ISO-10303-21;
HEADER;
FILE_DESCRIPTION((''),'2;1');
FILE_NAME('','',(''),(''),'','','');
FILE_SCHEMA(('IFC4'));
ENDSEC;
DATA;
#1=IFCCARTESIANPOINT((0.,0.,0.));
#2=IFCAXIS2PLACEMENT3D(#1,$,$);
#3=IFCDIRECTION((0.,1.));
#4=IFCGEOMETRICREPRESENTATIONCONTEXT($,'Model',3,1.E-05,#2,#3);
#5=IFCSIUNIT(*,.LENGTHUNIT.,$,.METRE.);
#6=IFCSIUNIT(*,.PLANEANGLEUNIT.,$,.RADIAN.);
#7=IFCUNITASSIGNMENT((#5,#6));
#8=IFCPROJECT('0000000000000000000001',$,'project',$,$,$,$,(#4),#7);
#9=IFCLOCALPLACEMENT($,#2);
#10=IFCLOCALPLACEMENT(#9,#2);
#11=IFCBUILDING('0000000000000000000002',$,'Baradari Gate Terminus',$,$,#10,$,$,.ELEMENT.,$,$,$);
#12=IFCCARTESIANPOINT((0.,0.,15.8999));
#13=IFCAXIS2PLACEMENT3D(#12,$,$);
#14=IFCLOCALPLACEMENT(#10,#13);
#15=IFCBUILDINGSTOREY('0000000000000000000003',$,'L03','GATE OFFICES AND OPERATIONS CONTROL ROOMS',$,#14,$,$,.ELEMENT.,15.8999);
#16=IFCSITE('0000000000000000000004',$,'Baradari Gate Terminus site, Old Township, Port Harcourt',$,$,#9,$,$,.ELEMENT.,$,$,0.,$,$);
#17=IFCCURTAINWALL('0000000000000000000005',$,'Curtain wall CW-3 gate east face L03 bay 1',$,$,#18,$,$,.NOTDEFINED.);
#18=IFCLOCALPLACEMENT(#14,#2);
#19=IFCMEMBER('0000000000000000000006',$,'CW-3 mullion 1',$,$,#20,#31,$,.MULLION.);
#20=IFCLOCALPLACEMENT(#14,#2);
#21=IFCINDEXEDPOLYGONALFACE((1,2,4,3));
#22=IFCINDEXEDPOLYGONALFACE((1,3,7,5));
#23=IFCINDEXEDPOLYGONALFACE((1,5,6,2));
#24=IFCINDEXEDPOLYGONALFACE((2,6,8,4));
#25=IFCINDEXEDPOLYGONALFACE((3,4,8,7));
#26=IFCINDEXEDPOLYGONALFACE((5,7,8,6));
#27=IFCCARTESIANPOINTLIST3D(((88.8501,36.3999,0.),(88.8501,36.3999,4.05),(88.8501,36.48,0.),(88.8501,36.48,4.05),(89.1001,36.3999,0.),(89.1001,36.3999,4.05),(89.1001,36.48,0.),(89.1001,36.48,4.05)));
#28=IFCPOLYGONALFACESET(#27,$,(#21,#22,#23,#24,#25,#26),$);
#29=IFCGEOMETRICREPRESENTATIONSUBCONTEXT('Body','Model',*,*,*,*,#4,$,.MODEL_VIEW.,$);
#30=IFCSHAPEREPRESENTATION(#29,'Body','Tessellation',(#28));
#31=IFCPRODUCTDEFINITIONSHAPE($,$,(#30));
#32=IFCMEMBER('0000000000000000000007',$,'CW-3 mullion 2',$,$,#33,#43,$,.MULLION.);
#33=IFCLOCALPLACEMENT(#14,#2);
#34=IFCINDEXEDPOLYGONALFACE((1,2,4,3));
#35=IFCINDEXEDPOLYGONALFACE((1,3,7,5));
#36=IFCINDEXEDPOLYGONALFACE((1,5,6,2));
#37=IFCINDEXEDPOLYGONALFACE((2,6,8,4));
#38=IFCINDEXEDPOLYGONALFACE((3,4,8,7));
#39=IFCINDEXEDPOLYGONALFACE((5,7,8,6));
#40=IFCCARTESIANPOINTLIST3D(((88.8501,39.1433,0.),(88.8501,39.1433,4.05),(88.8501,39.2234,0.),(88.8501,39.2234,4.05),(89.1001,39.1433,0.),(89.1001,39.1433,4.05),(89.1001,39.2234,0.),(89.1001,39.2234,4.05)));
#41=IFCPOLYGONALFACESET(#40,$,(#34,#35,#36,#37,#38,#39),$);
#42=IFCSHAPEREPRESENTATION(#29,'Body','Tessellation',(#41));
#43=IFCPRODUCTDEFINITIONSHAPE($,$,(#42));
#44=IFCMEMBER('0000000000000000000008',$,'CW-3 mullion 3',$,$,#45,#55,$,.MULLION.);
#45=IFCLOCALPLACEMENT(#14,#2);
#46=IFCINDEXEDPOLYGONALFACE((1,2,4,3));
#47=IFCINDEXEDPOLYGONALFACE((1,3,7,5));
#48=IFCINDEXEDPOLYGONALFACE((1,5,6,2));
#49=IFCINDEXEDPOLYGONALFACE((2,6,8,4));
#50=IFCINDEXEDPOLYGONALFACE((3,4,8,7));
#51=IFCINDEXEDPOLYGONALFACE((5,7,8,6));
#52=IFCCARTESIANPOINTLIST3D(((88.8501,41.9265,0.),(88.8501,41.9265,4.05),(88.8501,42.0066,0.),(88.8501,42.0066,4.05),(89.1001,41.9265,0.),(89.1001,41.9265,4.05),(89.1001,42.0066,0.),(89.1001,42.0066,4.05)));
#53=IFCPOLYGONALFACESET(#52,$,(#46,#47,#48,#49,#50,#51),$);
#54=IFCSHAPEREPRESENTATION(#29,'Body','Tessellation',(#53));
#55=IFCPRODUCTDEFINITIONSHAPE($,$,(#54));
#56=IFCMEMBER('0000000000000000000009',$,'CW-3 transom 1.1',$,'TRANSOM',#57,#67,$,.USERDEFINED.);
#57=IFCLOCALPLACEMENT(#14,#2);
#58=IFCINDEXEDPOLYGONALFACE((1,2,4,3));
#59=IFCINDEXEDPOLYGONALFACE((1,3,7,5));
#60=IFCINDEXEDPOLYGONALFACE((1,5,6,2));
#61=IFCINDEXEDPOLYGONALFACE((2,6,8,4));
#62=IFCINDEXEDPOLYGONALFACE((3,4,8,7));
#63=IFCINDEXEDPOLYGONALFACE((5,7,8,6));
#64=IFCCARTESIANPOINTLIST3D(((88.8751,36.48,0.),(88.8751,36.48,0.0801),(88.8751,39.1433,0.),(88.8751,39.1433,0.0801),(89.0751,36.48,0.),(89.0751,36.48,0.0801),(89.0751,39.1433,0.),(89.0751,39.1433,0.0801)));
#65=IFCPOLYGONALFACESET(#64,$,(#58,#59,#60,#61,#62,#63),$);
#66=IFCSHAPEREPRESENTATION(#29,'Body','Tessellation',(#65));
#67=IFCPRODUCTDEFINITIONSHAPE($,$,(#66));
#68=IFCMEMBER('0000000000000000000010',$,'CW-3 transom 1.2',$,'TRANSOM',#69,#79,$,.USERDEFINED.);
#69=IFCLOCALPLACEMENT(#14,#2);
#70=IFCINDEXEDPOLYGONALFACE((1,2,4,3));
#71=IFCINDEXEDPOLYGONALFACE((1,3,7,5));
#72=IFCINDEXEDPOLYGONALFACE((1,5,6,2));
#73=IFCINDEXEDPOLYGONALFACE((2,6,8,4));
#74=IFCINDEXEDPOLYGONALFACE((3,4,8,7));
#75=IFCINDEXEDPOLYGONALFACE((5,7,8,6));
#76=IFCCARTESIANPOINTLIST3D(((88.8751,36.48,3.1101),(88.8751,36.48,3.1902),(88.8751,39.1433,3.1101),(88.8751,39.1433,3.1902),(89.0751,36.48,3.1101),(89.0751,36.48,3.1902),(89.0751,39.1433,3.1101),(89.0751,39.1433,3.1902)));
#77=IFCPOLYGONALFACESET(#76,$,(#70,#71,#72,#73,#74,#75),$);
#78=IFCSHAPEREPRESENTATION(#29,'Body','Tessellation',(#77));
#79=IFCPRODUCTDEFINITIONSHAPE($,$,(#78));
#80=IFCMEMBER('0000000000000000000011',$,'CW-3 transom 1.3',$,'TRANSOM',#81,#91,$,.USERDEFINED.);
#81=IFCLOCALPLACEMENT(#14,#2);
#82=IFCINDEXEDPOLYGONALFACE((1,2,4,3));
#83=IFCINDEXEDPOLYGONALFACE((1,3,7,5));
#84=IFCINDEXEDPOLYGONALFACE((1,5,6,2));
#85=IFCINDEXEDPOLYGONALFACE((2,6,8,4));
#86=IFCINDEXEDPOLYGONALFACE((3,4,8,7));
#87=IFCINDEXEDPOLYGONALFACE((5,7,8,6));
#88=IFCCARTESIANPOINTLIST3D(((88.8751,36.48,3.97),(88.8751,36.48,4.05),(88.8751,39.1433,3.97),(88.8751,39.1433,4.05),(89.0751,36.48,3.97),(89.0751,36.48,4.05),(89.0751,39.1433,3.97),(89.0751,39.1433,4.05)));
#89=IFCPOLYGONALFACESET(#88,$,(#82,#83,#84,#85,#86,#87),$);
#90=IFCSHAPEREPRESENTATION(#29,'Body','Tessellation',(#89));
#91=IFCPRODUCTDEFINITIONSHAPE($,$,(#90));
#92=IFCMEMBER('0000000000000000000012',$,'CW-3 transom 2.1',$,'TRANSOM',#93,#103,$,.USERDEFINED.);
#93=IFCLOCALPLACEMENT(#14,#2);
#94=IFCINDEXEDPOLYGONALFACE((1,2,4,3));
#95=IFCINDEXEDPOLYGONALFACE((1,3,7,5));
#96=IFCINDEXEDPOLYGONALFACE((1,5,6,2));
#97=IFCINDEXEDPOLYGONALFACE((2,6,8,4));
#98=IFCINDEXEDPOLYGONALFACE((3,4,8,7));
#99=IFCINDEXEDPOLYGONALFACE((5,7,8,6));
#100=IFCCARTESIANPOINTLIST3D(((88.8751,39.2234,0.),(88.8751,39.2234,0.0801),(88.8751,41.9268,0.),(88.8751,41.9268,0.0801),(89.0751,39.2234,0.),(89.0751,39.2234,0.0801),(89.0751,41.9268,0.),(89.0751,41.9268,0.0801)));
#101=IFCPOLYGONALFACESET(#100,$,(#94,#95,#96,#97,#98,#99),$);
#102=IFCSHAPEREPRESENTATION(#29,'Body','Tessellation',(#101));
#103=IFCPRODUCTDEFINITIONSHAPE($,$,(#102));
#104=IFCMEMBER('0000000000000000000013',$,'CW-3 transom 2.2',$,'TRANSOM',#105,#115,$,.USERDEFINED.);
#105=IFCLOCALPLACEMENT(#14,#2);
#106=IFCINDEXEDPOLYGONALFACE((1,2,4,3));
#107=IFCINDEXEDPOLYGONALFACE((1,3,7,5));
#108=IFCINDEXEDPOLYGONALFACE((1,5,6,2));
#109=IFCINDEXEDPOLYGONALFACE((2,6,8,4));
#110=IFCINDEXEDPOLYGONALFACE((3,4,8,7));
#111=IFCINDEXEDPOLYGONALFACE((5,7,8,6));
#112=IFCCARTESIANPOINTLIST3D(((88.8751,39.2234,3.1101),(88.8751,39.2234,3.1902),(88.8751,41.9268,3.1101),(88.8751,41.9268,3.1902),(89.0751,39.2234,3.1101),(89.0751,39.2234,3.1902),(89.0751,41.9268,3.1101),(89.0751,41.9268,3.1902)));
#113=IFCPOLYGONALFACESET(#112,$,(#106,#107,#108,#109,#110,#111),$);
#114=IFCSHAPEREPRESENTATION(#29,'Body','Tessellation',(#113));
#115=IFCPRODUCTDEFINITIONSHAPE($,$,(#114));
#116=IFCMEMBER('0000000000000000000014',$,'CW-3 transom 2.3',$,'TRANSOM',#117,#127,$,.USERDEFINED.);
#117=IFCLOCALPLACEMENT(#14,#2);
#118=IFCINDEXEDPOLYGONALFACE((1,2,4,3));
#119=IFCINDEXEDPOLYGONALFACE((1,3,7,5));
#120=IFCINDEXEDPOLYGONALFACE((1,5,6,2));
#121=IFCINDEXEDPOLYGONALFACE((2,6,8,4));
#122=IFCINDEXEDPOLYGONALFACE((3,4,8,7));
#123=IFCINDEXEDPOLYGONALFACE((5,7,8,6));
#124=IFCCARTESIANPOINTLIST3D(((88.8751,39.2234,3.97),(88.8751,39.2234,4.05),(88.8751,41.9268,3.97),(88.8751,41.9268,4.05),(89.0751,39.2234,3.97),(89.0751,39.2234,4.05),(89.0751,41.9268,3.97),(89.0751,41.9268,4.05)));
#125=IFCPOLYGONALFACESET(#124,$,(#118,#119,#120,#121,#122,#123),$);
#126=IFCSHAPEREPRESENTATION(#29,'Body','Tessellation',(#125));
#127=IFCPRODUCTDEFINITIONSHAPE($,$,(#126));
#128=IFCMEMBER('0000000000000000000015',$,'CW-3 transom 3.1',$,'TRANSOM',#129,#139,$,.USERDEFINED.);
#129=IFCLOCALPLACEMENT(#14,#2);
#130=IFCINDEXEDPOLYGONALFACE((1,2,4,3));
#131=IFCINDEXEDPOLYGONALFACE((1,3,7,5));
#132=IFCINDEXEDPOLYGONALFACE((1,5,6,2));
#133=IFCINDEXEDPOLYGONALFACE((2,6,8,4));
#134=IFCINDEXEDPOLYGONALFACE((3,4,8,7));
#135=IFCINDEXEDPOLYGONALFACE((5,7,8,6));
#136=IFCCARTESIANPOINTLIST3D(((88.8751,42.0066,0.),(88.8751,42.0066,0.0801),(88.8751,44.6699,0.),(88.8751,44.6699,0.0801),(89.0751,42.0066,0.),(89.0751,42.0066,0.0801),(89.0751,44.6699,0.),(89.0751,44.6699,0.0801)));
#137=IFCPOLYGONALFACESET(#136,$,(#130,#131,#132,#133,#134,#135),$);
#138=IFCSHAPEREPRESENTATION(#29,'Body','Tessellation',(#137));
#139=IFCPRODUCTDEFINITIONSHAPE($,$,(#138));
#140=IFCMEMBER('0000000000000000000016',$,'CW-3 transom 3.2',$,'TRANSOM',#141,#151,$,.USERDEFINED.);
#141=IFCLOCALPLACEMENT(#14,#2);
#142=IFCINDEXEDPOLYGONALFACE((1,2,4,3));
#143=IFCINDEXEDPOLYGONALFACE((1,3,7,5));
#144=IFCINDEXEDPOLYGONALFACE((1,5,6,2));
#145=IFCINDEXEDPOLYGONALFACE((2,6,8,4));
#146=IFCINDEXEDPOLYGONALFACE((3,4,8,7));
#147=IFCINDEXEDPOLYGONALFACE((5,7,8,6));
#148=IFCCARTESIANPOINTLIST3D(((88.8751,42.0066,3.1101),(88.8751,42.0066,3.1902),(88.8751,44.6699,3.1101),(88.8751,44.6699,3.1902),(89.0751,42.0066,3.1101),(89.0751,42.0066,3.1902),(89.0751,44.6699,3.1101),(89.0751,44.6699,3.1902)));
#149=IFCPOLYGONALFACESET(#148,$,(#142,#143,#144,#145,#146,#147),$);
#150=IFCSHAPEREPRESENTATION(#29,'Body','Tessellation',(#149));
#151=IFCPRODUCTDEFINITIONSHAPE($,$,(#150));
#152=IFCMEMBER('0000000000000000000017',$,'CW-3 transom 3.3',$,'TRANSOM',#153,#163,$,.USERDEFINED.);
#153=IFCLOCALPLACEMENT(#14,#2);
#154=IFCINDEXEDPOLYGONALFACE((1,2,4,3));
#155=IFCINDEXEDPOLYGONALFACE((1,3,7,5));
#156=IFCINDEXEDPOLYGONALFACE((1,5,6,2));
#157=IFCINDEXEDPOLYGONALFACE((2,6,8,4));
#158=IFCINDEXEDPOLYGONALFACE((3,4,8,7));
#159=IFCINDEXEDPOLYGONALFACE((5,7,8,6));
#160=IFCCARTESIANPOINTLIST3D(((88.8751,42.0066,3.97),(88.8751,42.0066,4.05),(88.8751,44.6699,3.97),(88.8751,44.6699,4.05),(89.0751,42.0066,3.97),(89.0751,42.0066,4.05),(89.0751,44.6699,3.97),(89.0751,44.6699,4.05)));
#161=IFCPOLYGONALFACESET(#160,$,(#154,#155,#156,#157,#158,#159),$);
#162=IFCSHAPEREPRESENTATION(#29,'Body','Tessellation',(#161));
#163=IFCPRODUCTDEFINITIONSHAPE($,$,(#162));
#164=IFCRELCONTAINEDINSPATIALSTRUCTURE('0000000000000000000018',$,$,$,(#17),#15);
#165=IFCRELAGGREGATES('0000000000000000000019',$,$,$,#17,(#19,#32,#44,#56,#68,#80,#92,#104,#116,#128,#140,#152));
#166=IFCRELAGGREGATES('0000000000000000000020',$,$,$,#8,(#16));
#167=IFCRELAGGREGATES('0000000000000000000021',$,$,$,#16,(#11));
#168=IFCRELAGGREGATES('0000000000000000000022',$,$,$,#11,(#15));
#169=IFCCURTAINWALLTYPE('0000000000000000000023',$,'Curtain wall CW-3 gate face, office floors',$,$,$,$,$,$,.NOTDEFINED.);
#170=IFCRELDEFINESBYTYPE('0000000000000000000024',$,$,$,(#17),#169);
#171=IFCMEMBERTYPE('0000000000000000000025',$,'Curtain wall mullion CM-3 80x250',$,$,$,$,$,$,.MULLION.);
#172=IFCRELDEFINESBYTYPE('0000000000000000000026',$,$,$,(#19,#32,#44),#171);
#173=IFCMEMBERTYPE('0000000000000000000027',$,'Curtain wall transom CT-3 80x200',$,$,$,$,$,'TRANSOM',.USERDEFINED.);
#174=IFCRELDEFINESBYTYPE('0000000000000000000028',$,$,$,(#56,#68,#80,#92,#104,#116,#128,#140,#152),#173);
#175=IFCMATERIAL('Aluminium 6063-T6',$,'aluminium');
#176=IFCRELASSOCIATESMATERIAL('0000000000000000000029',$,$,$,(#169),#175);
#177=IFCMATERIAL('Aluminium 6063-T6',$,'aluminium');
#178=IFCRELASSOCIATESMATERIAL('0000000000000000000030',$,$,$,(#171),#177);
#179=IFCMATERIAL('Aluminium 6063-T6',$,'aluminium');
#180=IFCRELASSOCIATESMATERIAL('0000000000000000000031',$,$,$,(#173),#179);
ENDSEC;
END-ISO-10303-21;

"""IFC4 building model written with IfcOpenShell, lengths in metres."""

from ifc_helpers import new_model, si_unit, direction, frame, origin, origin_2d, place, context, subcontext, project, spatial, rectangle, extrude, material, material_profile, profile_set, type_object, element, aggregate, save


model = new_model("IFC4")

# Units and contexts
model_context = context("Model", 3, precision=1e-05, world=origin(), true_north=direction((0.0, 1.0)))
body_context = subcontext(model_context, "Body", "Model", "MODEL_VIEW")
ifc_project = project(units=[si_unit("LENGTHUNIT", "METRE"), si_unit("PLANEANGLEUNIT", "RADIAN")], contexts=[model_context])

# Site, building, storey
site_placement = place(None, origin())
site = spatial("IfcSite", under=ifc_project, at=site_placement, Name="Baradari Gate Terminus site, Old Township, Port Harcourt", CompositionType="ELEMENT", RefElevation=0.0)
building_placement = place(site_placement, origin())
building = spatial("IfcBuilding", under=site, at=building_placement, Name="Baradari Gate Terminus", CompositionType="ELEMENT")
storey_placement = place(building_placement, frame((0.0, 0.0, 15.8999)))
storey = spatial("IfcBuildingStorey", under=building, at=storey_placement, Name="L03", Description="GATE OFFICES AND OPERATIONS CONTROL ROOMS", CompositionType="ELEMENT", Elevation=15.8999)

# Curtain wall, members
ifc_material_1 = material(Name="Aluminium 6063-T6", Category="aluminium")
curtain_wall_type = type_object("IfcCurtainWallType", Name="Curtain wall CW-3 gate face, office floors", PredefinedType="NOTDEFINED", material=ifc_material_1)
curtain_wall_placement = place(storey_placement, origin())
curtain_wall = element("IfcCurtainWall", 1, at=curtain_wall_placement, inside=storey, type_object=curtain_wall_type, Name="Curtain wall CW-3 gate east face L03 bay 1", PredefinedType="NOTDEFINED")
ifc_material_2 = material(Name="Aluminium 6063-T6", Category="aluminium")
ifc_material_profile_1 = material_profile(ifc_material_2, rectangle(XDim=0.25, YDim=0.0801, at=origin_2d()), Name="CM-3 80X250")
ifc_profile_set_1 = profile_set([ifc_material_profile_1], Name="Aluminium 6063-T6")
member_type_1 = type_object("IfcMemberType", Name="Curtain wall mullion CM-3 80x250", PredefinedType="MULLION", material=ifc_profile_set_1)
member_1_placement = place(storey_placement, frame((88.9751, 36.4399, 0.0), z_axis=(0.0, 0.0, 1.0), x_axis=(-1.0, 0.0, 0.0)))
member_1 = element("IfcMember", 2, at=member_1_placement, type_object=member_type_1, Name="CW-3 mullion 1", PredefinedType="MULLION", context=body_context, shape_type="SweptSolid", body=[
    extrude(rectangle(XDim=0.25, YDim=0.0801, at=origin_2d()), origin(), (0.0, 0.0, 1.0), 4.05),
])
member_2_placement = place(storey_placement, frame((88.9751, 39.1833, 0.0), z_axis=(0.0, 0.0, 1.0), x_axis=(-1.0, 0.0, 0.0)))
member_2 = element("IfcMember", 3, at=member_2_placement, type_object=member_type_1, Name="CW-3 mullion 2", PredefinedType="MULLION", context=body_context, shape_type="SweptSolid", body=[
    extrude(rectangle(XDim=0.25, YDim=0.0801, at=origin_2d()), origin(), (0.0, 0.0, 1.0), 4.05),
])
member_3_placement = place(storey_placement, frame((88.9751, 41.9666, 0.0), z_axis=(0.0, 0.0, 1.0), x_axis=(-1.0, 0.0, 0.0)))
member_3 = element("IfcMember", 4, at=member_3_placement, type_object=member_type_1, Name="CW-3 mullion 3", PredefinedType="MULLION", context=body_context, shape_type="SweptSolid", body=[
    extrude(rectangle(XDim=0.25, YDim=0.0801, at=origin_2d()), origin(), (0.0, 0.0, 1.0), 4.05),
])
ifc_material_3 = material(Name="Aluminium 6063-T6", Category="aluminium")
ifc_material_profile_2 = material_profile(ifc_material_3, rectangle(XDim=0.2, YDim=0.0801, at=origin_2d()), Name="CT-3 80X200")
ifc_profile_set_2 = profile_set([ifc_material_profile_2], Name="Aluminium 6063-T6")
member_type_2 = type_object("IfcMemberType", Name="Curtain wall transom CT-3 80x200", ElementType="TRANSOM", PredefinedType="USERDEFINED", material=ifc_profile_set_2)
member_4_placement = place(storey_placement, frame((88.9751, 36.48, 0.04), z_axis=(0.0, 1.0, 0.0), x_axis=(-1.0, 0.0, 0.0)))
member_4 = element("IfcMember", 5, at=member_4_placement, type_object=member_type_2, Name="CW-3 transom 1.1", ObjectType="TRANSOM", PredefinedType="USERDEFINED", context=body_context, shape_type="SweptSolid", body=[
    extrude(rectangle(XDim=0.2, YDim=0.0801, at=origin_2d()), origin(), (0.0, 0.0, 1.0), 2.6633),
])
member_5_placement = place(storey_placement, frame((88.9751, 36.48, 3.1501), z_axis=(0.0, 1.0, 0.0), x_axis=(-1.0, 0.0, 0.0)))
member_5 = element("IfcMember", 6, at=member_5_placement, type_object=member_type_2, Name="CW-3 transom 1.2", ObjectType="TRANSOM", PredefinedType="USERDEFINED", context=body_context, shape_type="SweptSolid", body=[
    extrude(rectangle(XDim=0.2, YDim=0.0801, at=origin_2d()), origin(), (0.0, 0.0, 1.0), 2.6633),
])
member_6_placement = place(storey_placement, frame((88.9751, 36.48, 4.01), z_axis=(0.0, 1.0, 0.0), x_axis=(-1.0, 0.0, 0.0)))
member_6 = element("IfcMember", 7, at=member_6_placement, type_object=member_type_2, Name="CW-3 transom 1.3", ObjectType="TRANSOM", PredefinedType="USERDEFINED", context=body_context, shape_type="SweptSolid", body=[
    extrude(rectangle(XDim=0.2, YDim=0.0801, at=origin_2d()), origin(), (0.0, 0.0, 1.0), 2.6633),
])
member_7_placement = place(storey_placement, frame((88.9751, 39.2234, 0.04), z_axis=(0.0, 1.0, 0.0), x_axis=(-1.0, 0.0, 0.0)))
member_7 = element("IfcMember", 8, at=member_7_placement, type_object=member_type_2, Name="CW-3 transom 2.1", ObjectType="TRANSOM", PredefinedType="USERDEFINED", context=body_context, shape_type="SweptSolid", body=[
    extrude(rectangle(XDim=0.2, YDim=0.0801, at=origin_2d()), origin(), (0.0, 0.0, 1.0), 2.7034),
])
member_8_placement = place(storey_placement, frame((88.9751, 39.2234, 3.1501), z_axis=(0.0, 1.0, 0.0), x_axis=(-1.0, 0.0, 0.0)))
member_8 = element("IfcMember", 9, at=member_8_placement, type_object=member_type_2, Name="CW-3 transom 2.2", ObjectType="TRANSOM", PredefinedType="USERDEFINED", context=body_context, shape_type="SweptSolid", body=[
    extrude(rectangle(XDim=0.2, YDim=0.0801, at=origin_2d()), origin(), (0.0, 0.0, 1.0), 2.7034),
])
member_9_placement = place(storey_placement, frame((88.9751, 39.2234, 4.01), z_axis=(0.0, 1.0, 0.0), x_axis=(-1.0, 0.0, 0.0)))
member_9 = element("IfcMember", 10, at=member_9_placement, type_object=member_type_2, Name="CW-3 transom 2.3", ObjectType="TRANSOM", PredefinedType="USERDEFINED", context=body_context, shape_type="SweptSolid", body=[
    extrude(rectangle(XDim=0.2, YDim=0.0801, at=origin_2d()), origin(), (0.0, 0.0, 1.0), 2.7034),
])
member_10_placement = place(storey_placement, frame((88.9751, 42.0066, 0.04), z_axis=(0.0, 1.0, 0.0), x_axis=(-1.0, 0.0, 0.0)))
member_10 = element("IfcMember", 11, at=member_10_placement, type_object=member_type_2, Name="CW-3 transom 3.1", ObjectType="TRANSOM", PredefinedType="USERDEFINED", context=body_context, shape_type="SweptSolid", body=[
    extrude(rectangle(XDim=0.2, YDim=0.0801, at=origin_2d()), origin(), (0.0, 0.0, 1.0), 2.6633),
])
member_11_placement = place(storey_placement, frame((88.9751, 42.0066, 3.1501), z_axis=(0.0, 1.0, 0.0), x_axis=(-1.0, 0.0, 0.0)))
member_11 = element("IfcMember", 12, at=member_11_placement, type_object=member_type_2, Name="CW-3 transom 3.2", ObjectType="TRANSOM", PredefinedType="USERDEFINED", context=body_context, shape_type="SweptSolid", body=[
    extrude(rectangle(XDim=0.2, YDim=0.0801, at=origin_2d()), origin(), (0.0, 0.0, 1.0), 2.6633),
])
member_12_placement = place(storey_placement, frame((88.9751, 42.0066, 4.01), z_axis=(0.0, 1.0, 0.0), x_axis=(-1.0, 0.0, 0.0)))
member_12 = element("IfcMember", 13, at=member_12_placement, type_object=member_type_2, Name="CW-3 transom 3.3", ObjectType="TRANSOM", PredefinedType="USERDEFINED", context=body_context, shape_type="SweptSolid", body=[
    extrude(rectangle(XDim=0.2, YDim=0.0801, at=origin_2d()), origin(), (0.0, 0.0, 1.0), 2.6633),
])

aggregate(curtain_wall, [member_1, member_2, member_3, member_4, member_5, member_6, member_7, member_8, member_9, member_10, member_11, member_12])

save(model, "model.ifc")
